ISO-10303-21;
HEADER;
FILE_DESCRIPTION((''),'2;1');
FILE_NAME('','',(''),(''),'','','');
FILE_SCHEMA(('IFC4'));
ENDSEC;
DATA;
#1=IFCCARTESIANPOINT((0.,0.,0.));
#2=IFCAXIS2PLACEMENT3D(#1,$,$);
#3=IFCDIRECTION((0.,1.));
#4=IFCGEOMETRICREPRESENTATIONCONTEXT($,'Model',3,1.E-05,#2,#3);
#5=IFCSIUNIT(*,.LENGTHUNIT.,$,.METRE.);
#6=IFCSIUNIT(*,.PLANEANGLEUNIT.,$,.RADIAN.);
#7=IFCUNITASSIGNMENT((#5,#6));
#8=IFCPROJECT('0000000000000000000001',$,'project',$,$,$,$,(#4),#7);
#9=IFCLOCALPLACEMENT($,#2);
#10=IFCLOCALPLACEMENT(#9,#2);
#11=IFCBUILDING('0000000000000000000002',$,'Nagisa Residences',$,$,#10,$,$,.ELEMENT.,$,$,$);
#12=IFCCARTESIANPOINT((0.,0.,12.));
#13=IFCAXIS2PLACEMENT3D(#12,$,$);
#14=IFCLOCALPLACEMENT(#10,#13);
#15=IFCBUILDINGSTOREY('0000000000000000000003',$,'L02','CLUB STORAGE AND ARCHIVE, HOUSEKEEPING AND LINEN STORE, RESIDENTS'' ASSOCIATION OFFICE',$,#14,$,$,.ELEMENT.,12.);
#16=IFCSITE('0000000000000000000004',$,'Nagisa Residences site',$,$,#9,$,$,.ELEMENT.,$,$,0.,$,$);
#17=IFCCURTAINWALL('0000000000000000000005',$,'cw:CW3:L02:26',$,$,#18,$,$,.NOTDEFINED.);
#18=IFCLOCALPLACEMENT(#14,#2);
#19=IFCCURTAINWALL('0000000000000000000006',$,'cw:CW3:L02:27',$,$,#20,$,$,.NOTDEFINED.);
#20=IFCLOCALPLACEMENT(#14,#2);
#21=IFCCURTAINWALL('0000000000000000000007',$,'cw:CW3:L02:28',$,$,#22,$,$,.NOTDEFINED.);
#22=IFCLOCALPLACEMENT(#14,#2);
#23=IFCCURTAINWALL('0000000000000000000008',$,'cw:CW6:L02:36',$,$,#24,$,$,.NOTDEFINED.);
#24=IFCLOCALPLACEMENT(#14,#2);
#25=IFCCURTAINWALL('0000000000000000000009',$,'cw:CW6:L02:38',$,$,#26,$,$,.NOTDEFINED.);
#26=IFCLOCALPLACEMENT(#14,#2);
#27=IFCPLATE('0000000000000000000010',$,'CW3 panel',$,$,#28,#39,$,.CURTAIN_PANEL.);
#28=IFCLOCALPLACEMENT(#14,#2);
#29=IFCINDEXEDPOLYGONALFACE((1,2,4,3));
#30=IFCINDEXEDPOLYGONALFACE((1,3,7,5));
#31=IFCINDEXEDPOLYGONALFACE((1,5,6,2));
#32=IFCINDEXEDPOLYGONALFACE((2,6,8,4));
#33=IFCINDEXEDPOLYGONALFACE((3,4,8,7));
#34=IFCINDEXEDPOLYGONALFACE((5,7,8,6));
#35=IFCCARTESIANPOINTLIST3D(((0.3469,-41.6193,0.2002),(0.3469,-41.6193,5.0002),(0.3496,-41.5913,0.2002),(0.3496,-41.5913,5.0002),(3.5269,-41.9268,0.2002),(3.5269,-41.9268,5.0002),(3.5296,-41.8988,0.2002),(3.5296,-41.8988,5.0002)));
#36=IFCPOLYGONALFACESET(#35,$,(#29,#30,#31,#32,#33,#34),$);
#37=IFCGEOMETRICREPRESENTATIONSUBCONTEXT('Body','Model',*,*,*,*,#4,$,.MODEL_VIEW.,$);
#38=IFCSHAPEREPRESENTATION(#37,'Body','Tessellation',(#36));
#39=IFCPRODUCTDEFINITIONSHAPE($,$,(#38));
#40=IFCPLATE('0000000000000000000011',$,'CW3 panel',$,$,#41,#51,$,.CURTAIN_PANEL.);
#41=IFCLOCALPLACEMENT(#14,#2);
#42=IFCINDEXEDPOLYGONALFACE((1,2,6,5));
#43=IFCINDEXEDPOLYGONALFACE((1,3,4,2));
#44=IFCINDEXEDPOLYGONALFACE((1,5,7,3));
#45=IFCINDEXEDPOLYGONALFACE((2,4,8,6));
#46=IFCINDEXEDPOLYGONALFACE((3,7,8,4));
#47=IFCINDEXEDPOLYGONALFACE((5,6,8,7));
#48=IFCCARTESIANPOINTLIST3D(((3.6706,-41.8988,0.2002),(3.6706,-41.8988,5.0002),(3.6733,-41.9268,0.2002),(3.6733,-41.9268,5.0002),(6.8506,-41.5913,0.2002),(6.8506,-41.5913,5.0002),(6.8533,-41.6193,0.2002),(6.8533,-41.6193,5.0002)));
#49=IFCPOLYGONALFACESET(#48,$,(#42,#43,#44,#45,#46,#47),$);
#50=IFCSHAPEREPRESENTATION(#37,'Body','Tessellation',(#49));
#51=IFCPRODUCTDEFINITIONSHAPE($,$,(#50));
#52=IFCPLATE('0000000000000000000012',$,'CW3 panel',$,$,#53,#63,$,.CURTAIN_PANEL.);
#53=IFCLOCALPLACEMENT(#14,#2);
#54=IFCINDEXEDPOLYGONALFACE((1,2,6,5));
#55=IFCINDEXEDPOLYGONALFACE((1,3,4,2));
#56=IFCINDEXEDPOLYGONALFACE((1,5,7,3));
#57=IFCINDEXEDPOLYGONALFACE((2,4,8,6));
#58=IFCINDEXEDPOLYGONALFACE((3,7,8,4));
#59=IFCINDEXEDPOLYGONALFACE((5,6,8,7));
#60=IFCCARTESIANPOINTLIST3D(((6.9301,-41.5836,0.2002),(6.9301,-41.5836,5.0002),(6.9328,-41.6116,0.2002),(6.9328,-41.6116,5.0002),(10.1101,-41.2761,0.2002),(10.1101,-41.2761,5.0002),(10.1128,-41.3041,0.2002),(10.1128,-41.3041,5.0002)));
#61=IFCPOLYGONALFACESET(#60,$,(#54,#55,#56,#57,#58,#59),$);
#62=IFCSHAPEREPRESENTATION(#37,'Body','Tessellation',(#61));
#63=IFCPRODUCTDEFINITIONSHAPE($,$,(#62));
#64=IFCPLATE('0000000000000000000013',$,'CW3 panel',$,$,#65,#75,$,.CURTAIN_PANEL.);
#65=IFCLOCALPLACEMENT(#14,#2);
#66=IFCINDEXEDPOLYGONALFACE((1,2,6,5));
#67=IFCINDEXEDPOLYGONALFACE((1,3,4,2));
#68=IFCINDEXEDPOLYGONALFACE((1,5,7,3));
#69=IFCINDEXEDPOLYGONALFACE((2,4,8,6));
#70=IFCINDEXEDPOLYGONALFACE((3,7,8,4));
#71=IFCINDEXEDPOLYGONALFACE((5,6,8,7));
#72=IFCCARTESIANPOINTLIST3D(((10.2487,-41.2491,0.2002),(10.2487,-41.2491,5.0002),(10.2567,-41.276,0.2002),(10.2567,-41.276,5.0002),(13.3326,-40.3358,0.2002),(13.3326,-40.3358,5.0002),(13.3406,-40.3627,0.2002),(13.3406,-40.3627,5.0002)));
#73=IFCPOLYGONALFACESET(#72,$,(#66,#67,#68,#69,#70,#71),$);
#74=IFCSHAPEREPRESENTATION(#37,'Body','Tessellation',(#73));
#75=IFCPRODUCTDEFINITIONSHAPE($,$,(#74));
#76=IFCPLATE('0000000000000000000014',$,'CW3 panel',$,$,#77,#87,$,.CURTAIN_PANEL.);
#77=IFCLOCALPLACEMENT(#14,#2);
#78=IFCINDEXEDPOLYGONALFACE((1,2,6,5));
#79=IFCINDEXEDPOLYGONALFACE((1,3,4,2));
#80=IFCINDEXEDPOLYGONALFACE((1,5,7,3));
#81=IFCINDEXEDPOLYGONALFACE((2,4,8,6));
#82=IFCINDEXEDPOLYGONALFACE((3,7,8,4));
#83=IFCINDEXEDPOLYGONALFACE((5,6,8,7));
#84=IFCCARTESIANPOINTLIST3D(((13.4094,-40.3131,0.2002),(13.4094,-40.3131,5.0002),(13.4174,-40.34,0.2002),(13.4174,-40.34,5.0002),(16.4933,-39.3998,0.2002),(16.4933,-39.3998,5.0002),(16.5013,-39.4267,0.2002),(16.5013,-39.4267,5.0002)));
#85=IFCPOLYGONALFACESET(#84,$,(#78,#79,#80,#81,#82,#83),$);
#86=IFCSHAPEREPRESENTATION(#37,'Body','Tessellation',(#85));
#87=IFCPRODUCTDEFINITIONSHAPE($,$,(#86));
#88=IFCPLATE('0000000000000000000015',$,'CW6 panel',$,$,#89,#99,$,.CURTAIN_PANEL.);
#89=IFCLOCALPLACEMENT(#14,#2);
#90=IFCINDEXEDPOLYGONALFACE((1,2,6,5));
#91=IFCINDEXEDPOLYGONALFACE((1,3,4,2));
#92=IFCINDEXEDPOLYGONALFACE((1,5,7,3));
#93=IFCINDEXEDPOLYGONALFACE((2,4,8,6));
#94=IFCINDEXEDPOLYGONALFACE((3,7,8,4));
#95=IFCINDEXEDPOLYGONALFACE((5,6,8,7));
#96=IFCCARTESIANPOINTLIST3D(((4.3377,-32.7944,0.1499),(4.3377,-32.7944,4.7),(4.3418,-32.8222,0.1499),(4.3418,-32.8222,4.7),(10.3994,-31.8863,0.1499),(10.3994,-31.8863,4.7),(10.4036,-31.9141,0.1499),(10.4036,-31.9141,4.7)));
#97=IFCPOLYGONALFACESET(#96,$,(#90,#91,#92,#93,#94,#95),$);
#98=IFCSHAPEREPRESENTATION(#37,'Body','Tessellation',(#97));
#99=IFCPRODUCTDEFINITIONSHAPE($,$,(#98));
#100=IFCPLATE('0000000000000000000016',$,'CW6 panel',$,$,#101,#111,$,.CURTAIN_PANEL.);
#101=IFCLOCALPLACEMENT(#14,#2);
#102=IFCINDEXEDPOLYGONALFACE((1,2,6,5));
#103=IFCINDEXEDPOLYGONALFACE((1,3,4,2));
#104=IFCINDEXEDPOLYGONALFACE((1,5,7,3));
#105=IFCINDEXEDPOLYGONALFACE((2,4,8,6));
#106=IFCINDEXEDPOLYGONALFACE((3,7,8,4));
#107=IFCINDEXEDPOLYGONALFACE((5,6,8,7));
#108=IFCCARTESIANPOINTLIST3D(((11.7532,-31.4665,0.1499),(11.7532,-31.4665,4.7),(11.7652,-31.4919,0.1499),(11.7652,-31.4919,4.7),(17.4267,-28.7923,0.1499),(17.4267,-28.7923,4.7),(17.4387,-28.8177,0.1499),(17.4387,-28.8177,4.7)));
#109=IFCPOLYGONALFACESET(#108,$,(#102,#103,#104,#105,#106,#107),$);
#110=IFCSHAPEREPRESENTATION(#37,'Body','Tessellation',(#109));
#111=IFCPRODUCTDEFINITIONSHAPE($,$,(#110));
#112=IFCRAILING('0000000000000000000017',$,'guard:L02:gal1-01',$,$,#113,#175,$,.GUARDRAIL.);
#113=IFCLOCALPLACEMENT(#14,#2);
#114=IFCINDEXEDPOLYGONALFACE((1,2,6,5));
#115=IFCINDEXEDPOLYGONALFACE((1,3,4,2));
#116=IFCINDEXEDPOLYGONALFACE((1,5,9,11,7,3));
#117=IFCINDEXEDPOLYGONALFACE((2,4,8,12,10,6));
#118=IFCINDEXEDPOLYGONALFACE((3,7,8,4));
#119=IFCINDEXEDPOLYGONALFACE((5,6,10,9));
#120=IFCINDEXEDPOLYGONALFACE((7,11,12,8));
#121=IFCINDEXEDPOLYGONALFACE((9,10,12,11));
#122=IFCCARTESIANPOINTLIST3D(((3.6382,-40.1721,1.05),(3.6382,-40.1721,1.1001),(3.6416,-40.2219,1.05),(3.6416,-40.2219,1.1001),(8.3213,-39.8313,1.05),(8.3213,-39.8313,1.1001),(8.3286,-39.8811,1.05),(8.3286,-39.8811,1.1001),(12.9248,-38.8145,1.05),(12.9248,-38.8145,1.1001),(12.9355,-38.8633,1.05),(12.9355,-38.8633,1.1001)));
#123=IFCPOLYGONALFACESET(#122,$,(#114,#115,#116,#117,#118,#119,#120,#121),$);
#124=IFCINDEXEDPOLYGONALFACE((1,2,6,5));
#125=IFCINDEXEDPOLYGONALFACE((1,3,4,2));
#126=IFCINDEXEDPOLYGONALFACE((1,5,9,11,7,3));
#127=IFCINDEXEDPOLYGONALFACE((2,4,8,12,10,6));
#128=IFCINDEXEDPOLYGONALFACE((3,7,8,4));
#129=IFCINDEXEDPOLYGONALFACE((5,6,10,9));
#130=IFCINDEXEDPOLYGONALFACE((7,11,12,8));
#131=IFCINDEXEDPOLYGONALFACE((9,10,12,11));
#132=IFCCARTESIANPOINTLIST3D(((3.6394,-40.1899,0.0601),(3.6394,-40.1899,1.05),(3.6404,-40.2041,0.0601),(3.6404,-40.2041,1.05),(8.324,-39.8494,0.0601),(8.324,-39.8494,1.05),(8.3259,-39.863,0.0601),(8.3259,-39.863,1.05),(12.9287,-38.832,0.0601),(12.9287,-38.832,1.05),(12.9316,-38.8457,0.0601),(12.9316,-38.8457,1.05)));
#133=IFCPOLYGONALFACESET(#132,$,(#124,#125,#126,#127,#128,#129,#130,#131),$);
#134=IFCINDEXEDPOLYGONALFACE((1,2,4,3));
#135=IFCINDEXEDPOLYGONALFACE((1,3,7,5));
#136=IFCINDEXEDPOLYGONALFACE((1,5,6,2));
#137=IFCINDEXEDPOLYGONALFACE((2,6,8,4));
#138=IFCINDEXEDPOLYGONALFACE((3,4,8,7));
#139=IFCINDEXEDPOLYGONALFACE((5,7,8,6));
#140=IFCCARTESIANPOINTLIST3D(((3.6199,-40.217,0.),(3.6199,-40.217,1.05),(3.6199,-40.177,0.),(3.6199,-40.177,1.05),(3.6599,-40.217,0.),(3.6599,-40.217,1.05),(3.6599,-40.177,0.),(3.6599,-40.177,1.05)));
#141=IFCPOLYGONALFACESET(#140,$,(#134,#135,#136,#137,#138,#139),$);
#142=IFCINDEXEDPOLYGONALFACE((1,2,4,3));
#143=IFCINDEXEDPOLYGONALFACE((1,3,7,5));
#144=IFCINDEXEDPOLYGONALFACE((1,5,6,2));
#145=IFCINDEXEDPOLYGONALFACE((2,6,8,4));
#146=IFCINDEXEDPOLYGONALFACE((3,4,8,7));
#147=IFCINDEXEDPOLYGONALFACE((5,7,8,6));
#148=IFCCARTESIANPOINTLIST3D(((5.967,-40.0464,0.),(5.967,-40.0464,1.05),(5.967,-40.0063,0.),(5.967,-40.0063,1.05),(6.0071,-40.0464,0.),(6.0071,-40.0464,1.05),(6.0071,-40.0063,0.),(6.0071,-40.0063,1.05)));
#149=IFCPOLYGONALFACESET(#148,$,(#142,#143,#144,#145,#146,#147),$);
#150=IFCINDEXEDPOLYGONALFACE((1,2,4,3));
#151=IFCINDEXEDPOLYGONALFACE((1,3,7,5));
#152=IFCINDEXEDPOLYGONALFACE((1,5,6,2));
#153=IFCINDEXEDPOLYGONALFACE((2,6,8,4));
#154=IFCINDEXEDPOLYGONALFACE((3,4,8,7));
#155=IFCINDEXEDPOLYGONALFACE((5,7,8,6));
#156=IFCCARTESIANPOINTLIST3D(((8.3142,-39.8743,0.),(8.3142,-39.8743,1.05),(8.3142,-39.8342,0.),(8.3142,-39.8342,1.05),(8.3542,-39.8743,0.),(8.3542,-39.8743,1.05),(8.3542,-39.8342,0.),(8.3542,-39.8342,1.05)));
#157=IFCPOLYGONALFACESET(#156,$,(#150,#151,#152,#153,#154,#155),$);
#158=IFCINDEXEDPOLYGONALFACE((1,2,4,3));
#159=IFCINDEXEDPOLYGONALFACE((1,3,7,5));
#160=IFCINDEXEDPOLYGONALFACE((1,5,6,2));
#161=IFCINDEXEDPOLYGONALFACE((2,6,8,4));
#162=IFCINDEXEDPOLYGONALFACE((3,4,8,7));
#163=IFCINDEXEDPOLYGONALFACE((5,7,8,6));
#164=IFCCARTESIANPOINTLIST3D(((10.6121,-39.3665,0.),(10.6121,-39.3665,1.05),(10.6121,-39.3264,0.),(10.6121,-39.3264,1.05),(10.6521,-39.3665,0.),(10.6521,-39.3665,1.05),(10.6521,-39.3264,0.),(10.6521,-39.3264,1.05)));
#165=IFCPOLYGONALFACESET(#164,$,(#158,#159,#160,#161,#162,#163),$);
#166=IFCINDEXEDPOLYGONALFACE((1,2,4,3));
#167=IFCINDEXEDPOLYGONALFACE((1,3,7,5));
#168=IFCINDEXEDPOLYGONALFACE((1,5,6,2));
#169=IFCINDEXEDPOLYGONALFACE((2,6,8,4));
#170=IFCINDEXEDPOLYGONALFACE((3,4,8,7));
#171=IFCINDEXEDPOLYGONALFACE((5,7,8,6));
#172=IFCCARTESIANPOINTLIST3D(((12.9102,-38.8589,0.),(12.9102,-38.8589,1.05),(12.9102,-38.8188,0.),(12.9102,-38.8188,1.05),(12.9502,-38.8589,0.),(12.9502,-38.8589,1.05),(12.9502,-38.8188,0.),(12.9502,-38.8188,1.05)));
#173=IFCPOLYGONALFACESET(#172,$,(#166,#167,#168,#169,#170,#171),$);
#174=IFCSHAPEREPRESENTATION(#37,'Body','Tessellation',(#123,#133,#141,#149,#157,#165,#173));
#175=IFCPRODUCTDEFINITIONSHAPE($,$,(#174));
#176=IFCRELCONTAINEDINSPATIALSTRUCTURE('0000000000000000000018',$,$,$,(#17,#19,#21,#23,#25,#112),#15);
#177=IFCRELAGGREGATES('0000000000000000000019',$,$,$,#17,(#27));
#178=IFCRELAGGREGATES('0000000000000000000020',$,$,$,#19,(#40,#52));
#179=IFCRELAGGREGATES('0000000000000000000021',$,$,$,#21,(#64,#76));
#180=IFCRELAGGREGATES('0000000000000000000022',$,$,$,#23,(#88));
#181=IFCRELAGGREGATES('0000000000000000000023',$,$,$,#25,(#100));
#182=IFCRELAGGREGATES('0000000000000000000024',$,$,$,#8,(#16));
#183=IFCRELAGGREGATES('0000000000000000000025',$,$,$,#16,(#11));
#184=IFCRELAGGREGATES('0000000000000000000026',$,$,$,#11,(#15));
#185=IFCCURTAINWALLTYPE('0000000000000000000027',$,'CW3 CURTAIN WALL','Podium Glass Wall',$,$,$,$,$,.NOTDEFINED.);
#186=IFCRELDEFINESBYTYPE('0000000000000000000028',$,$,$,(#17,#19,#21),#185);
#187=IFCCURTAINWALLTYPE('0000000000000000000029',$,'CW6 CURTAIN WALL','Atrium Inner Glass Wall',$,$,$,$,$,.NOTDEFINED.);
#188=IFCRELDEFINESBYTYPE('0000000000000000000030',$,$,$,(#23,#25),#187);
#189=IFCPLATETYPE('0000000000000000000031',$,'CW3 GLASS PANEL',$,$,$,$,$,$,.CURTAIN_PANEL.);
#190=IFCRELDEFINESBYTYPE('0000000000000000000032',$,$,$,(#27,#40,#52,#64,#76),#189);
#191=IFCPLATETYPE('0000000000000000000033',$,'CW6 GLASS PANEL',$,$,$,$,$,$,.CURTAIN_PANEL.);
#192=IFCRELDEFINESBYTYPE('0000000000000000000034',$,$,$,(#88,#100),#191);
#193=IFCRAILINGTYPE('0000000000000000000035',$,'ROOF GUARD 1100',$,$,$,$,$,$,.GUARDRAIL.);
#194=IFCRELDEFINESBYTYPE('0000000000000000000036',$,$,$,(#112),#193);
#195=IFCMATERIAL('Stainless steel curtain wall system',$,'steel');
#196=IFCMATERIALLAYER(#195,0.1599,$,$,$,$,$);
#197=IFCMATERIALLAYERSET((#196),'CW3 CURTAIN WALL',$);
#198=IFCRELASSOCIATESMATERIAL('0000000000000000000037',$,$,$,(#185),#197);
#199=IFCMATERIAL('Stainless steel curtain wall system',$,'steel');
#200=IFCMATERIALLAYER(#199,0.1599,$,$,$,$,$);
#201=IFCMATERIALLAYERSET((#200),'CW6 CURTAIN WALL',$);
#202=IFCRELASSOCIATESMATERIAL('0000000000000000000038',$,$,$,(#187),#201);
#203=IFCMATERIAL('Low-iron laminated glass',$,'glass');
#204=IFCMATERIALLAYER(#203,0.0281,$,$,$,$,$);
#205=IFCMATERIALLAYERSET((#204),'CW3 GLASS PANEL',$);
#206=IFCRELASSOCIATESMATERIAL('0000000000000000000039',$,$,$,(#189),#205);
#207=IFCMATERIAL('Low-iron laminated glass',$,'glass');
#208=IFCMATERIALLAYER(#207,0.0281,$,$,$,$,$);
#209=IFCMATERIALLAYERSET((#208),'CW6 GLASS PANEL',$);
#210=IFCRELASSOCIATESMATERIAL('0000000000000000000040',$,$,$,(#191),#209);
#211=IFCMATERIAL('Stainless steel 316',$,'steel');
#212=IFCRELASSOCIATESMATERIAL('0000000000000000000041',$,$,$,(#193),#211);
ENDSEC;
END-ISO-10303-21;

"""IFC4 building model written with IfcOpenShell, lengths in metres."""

from ifc_helpers import new_model, si_unit, direction, frame, origin, origin_2d, place, context, subcontext, project, spatial, polyline, rectangle, outline, extrude, material, layer, layer_set, type_object, element, aggregate, save


model = new_model("IFC4")

# Units and contexts
model_context = context("Model", 3, precision=1e-05, world=origin(), true_north=direction((0.0, 1.0)))
body_context = subcontext(model_context, "Body", "Model", "MODEL_VIEW")
ifc_project = project(units=[si_unit("LENGTHUNIT", "METRE"), si_unit("PLANEANGLEUNIT", "RADIAN")], contexts=[model_context])

# Site, building, storey
site_placement = place(None, origin())
site = spatial("IfcSite", under=ifc_project, at=site_placement, Name="Nagisa Residences site", CompositionType="ELEMENT", RefElevation=0.0)
building_placement = place(site_placement, origin())
building = spatial("IfcBuilding", under=site, at=building_placement, Name="Nagisa Residences", CompositionType="ELEMENT")
storey_placement = place(building_placement, frame((0.0, 0.0, 12.0)))
storey = spatial("IfcBuildingStorey", under=building, at=storey_placement, Name="L02", Description="CLUB STORAGE AND ARCHIVE, HOUSEKEEPING AND LINEN STORE, RESIDENTS' ASSOCIATION OFFICE", CompositionType="ELEMENT", Elevation=12.0)

# Curtain wall
ifc_material_1 = material(Name="Stainless steel curtain wall system", Category="steel")
ifc_layer_1 = layer(ifc_material_1, 0.1599)
ifc_layer_set_1 = layer_set([ifc_layer_1], Name="CW3 CURTAIN WALL")
curtain_wall_type_1 = type_object("IfcCurtainWallType", Name="CW3 CURTAIN WALL", Description="Podium Glass Wall", PredefinedType="NOTDEFINED", material=ifc_layer_set_1)
curtain_wall_1_placement = place(storey_placement, origin())
curtain_wall_1 = element("IfcCurtainWall", 1, at=curtain_wall_1_placement, inside=storey, type_object=curtain_wall_type_1, Name="cw:CW3:L02:26", PredefinedType="NOTDEFINED")

# Curtain walls
curtain_wall_2_placement = place(storey_placement, origin())
curtain_wall_2 = element("IfcCurtainWall", 2, at=curtain_wall_2_placement, inside=storey, type_object=curtain_wall_type_1, Name="cw:CW3:L02:27", PredefinedType="NOTDEFINED")
curtain_wall_3_placement = place(storey_placement, origin())
curtain_wall_3 = element("IfcCurtainWall", 3, at=curtain_wall_3_placement, inside=storey, type_object=curtain_wall_type_1, Name="cw:CW3:L02:28", PredefinedType="NOTDEFINED")

# Curtain walls
ifc_material_2 = material(Name="Stainless steel curtain wall system", Category="steel")
ifc_layer_2 = layer(ifc_material_2, 0.1599)
ifc_layer_set_2 = layer_set([ifc_layer_2], Name="CW6 CURTAIN WALL")
curtain_wall_type_2 = type_object("IfcCurtainWallType", Name="CW6 CURTAIN WALL", Description="Atrium Inner Glass Wall", PredefinedType="NOTDEFINED", material=ifc_layer_set_2)
curtain_wall_4_placement = place(storey_placement, origin())
curtain_wall_4 = element("IfcCurtainWall", 4, at=curtain_wall_4_placement, inside=storey, type_object=curtain_wall_type_2, Name="cw:CW6:L02:36", PredefinedType="NOTDEFINED")
curtain_wall_5_placement = place(storey_placement, origin())
curtain_wall_5 = element("IfcCurtainWall", 5, at=curtain_wall_5_placement, inside=storey, type_object=curtain_wall_type_2, Name="cw:CW6:L02:38", PredefinedType="NOTDEFINED")

# Plates
ifc_material_3 = material(Name="Low-iron laminated glass", Category="glass")
ifc_layer_3 = layer(ifc_material_3, 0.0281)
ifc_layer_set_3 = layer_set([ifc_layer_3], Name="CW3 GLASS PANEL")
plate_type_1 = type_object("IfcPlateType", Name="CW3 GLASS PANEL", PredefinedType="CURTAIN_PANEL", material=ifc_layer_set_3)
plate_1_placement = place(storey_placement, frame((1.9382, -41.759, 0.2002), z_axis=(0.0, 0.0, 1.0), x_axis=(0.995357, -0.096249, 0.0)))
plate_1 = element("IfcPlate", 6, at=plate_1_placement, type_object=plate_type_1, Name="CW3 panel", PredefinedType="CURTAIN_PANEL", context=body_context, shape_type="SweptSolid", body=[
    extrude(rectangle(XDim=3.1948, YDim=0.0281, at=origin_2d()), origin(), (0.0, 0.0, 1.0), 4.8),
])
aggregate(curtain_wall_1, [plate_1])
plate_2_placement = place(storey_placement, frame((5.262, -41.759, 0.2002), z_axis=(0.0, 0.0, 1.0), x_axis=(0.995357, 0.096249, 0.0)))
plate_2 = element("IfcPlate", 7, at=plate_2_placement, type_object=plate_type_1, Name="CW3 panel", PredefinedType="CURTAIN_PANEL", context=body_context, shape_type="SweptSolid", body=[
    extrude(rectangle(XDim=3.1948, YDim=0.0281, at=origin_2d()), origin(), (0.0, 0.0, 1.0), 4.8),
])
plate_3_placement = place(storey_placement, frame((8.5215, -41.4438, 0.2002), z_axis=(0.0, 0.0, 1.0), x_axis=(0.995357, 0.096249, 0.0)))
plate_3 = element("IfcPlate", 8, at=plate_3_placement, type_object=plate_type_1, Name="CW3 panel", PredefinedType="CURTAIN_PANEL", context=body_context, shape_type="SweptSolid", body=[
    extrude(rectangle(XDim=3.1948, YDim=0.0281, at=origin_2d()), origin(), (0.0, 0.0, 1.0), 4.8),
])
aggregate(curtain_wall_2, [plate_2, plate_3])
plate_4_placement = place(storey_placement, frame((11.7947, -40.8059, 0.2002), z_axis=(0.0, 0.0, 1.0), x_axis=(0.958835, 0.283963, 0.0)))
plate_4 = element("IfcPlate", 9, at=plate_4_placement, type_object=plate_type_1, Name="CW3 panel", PredefinedType="CURTAIN_PANEL", context=body_context, shape_type="SweptSolid", body=[
    extrude(rectangle(XDim=3.2163, YDim=0.0281, at=origin_2d()), origin(), (0.0, 0.0, 1.0), 4.8),
])
plate_5_placement = place(storey_placement, frame((14.9553, -39.8699, 0.2002), z_axis=(0.0, 0.0, 1.0), x_axis=(0.958835, 0.283963, 0.0)))
plate_5 = element("IfcPlate", 10, at=plate_5_placement, type_object=plate_type_1, Name="CW3 panel", PredefinedType="CURTAIN_PANEL", context=body_context, shape_type="SweptSolid", body=[
    extrude(rectangle(XDim=3.2163, YDim=0.0281, at=origin_2d()), origin(), (0.0, 0.0, 1.0), 4.8),
])
aggregate(curtain_wall_3, [plate_4, plate_5])
ifc_material_4 = material(Name="Low-iron laminated glass", Category="glass")
ifc_layer_4 = layer(ifc_material_4, 0.0281)
ifc_layer_set_4 = layer_set([ifc_layer_4], Name="CW6 GLASS PANEL")
plate_type_2 = type_object("IfcPlateType", Name="CW6 GLASS PANEL", PredefinedType="CURTAIN_PANEL", material=ifc_layer_set_4)
plate_6_placement = place(storey_placement, frame((7.3706, -32.3542, 0.1499), z_axis=(0.0, 0.0, 1.0), x_axis=(0.988964, 0.148158, 0.0)))
plate_6 = element("IfcPlate", 11, at=plate_6_placement, type_object=plate_type_2, Name="CW6 panel", PredefinedType="CURTAIN_PANEL", context=body_context, shape_type="SweptSolid", body=[
    extrude(rectangle(XDim=6.1294, YDim=0.0281, at=origin_2d()), origin(), (0.0, 0.0, 1.0), 4.55),
])
aggregate(curtain_wall_4, [plate_6])
plate_7_placement = place(storey_placement, frame((14.5959, -30.1421, 0.1499), z_axis=(0.0, 0.0, 1.0), x_axis=(0.904554, 0.426358, 0.0)))
plate_7 = element("IfcPlate", 12, at=plate_7_placement, type_object=plate_type_2, Name="CW6 panel", PredefinedType="CURTAIN_PANEL", context=body_context, shape_type="SweptSolid", body=[
    extrude(rectangle(XDim=6.2722, YDim=0.0281, at=origin_2d()), origin(), (0.0, 0.0, 1.0), 4.55),
])
aggregate(curtain_wall_5, [plate_7])

# Railing
ifc_material_5 = material(Name="Stainless steel 316", Category="steel")
railing_type = type_object("IfcRailingType", Name="ROOF GUARD 1100", PredefinedType="GUARDRAIL", material=ifc_material_5)
railing_1_placement = place(storey_placement, frame((3.6399, -40.197, 0.0)))
element("IfcRailing", 13, at=railing_1_placement, inside=storey, type_object=railing_type, Name="guard:L02:gal1-01", PredefinedType="GUARDRAIL", context=body_context, shape_type="SweptSolid", body=[
    extrude(outline(polyline([(4.6814, 0.3657), (-0.0017, 0.0249), (0.0017, -0.0249), (4.6887, 0.3159), (9.2957, 1.3337), (9.2849, 1.3826), (4.6814, 0.3657)])), frame((0.0, 0.0, 1.05)), (0.0, 0.0, 1.0), 0.05),
    extrude(outline(polyline([(4.6841, 0.3477), (-0.0005, 0.0071), (0.0005, -0.0071), (4.686, 0.334), (9.2917, 1.3513), (9.2888, 1.365), (4.6841, 0.3477)])), frame((0.0, 0.0, 0.0601)), (0.0, 0.0, 1.0), 0.99),
    extrude(rectangle(XDim=0.04, YDim=0.04, at=origin_2d()), origin(), (0.0, 0.0, 1.0), 1.05),
    extrude(rectangle(XDim=0.04, YDim=0.04, at=origin_2d()), frame((2.3472, 0.1707, 0.0)), (0.0, 0.0, 1.0), 1.05),
    extrude(rectangle(XDim=0.04, YDim=0.04, at=origin_2d()), frame((4.6943, 0.3428, 0.0)), (0.0, 0.0, 1.0), 1.05),
    extrude(rectangle(XDim=0.04, YDim=0.04, at=origin_2d()), frame((6.9922, 0.8506, 0.0)), (0.0, 0.0, 1.0), 1.05),
    extrude(rectangle(XDim=0.04, YDim=0.04, at=origin_2d()), frame((9.2903, 1.3582, 0.0)), (0.0, 0.0, 1.0), 1.05),
])

save(model, "model.ifc")
